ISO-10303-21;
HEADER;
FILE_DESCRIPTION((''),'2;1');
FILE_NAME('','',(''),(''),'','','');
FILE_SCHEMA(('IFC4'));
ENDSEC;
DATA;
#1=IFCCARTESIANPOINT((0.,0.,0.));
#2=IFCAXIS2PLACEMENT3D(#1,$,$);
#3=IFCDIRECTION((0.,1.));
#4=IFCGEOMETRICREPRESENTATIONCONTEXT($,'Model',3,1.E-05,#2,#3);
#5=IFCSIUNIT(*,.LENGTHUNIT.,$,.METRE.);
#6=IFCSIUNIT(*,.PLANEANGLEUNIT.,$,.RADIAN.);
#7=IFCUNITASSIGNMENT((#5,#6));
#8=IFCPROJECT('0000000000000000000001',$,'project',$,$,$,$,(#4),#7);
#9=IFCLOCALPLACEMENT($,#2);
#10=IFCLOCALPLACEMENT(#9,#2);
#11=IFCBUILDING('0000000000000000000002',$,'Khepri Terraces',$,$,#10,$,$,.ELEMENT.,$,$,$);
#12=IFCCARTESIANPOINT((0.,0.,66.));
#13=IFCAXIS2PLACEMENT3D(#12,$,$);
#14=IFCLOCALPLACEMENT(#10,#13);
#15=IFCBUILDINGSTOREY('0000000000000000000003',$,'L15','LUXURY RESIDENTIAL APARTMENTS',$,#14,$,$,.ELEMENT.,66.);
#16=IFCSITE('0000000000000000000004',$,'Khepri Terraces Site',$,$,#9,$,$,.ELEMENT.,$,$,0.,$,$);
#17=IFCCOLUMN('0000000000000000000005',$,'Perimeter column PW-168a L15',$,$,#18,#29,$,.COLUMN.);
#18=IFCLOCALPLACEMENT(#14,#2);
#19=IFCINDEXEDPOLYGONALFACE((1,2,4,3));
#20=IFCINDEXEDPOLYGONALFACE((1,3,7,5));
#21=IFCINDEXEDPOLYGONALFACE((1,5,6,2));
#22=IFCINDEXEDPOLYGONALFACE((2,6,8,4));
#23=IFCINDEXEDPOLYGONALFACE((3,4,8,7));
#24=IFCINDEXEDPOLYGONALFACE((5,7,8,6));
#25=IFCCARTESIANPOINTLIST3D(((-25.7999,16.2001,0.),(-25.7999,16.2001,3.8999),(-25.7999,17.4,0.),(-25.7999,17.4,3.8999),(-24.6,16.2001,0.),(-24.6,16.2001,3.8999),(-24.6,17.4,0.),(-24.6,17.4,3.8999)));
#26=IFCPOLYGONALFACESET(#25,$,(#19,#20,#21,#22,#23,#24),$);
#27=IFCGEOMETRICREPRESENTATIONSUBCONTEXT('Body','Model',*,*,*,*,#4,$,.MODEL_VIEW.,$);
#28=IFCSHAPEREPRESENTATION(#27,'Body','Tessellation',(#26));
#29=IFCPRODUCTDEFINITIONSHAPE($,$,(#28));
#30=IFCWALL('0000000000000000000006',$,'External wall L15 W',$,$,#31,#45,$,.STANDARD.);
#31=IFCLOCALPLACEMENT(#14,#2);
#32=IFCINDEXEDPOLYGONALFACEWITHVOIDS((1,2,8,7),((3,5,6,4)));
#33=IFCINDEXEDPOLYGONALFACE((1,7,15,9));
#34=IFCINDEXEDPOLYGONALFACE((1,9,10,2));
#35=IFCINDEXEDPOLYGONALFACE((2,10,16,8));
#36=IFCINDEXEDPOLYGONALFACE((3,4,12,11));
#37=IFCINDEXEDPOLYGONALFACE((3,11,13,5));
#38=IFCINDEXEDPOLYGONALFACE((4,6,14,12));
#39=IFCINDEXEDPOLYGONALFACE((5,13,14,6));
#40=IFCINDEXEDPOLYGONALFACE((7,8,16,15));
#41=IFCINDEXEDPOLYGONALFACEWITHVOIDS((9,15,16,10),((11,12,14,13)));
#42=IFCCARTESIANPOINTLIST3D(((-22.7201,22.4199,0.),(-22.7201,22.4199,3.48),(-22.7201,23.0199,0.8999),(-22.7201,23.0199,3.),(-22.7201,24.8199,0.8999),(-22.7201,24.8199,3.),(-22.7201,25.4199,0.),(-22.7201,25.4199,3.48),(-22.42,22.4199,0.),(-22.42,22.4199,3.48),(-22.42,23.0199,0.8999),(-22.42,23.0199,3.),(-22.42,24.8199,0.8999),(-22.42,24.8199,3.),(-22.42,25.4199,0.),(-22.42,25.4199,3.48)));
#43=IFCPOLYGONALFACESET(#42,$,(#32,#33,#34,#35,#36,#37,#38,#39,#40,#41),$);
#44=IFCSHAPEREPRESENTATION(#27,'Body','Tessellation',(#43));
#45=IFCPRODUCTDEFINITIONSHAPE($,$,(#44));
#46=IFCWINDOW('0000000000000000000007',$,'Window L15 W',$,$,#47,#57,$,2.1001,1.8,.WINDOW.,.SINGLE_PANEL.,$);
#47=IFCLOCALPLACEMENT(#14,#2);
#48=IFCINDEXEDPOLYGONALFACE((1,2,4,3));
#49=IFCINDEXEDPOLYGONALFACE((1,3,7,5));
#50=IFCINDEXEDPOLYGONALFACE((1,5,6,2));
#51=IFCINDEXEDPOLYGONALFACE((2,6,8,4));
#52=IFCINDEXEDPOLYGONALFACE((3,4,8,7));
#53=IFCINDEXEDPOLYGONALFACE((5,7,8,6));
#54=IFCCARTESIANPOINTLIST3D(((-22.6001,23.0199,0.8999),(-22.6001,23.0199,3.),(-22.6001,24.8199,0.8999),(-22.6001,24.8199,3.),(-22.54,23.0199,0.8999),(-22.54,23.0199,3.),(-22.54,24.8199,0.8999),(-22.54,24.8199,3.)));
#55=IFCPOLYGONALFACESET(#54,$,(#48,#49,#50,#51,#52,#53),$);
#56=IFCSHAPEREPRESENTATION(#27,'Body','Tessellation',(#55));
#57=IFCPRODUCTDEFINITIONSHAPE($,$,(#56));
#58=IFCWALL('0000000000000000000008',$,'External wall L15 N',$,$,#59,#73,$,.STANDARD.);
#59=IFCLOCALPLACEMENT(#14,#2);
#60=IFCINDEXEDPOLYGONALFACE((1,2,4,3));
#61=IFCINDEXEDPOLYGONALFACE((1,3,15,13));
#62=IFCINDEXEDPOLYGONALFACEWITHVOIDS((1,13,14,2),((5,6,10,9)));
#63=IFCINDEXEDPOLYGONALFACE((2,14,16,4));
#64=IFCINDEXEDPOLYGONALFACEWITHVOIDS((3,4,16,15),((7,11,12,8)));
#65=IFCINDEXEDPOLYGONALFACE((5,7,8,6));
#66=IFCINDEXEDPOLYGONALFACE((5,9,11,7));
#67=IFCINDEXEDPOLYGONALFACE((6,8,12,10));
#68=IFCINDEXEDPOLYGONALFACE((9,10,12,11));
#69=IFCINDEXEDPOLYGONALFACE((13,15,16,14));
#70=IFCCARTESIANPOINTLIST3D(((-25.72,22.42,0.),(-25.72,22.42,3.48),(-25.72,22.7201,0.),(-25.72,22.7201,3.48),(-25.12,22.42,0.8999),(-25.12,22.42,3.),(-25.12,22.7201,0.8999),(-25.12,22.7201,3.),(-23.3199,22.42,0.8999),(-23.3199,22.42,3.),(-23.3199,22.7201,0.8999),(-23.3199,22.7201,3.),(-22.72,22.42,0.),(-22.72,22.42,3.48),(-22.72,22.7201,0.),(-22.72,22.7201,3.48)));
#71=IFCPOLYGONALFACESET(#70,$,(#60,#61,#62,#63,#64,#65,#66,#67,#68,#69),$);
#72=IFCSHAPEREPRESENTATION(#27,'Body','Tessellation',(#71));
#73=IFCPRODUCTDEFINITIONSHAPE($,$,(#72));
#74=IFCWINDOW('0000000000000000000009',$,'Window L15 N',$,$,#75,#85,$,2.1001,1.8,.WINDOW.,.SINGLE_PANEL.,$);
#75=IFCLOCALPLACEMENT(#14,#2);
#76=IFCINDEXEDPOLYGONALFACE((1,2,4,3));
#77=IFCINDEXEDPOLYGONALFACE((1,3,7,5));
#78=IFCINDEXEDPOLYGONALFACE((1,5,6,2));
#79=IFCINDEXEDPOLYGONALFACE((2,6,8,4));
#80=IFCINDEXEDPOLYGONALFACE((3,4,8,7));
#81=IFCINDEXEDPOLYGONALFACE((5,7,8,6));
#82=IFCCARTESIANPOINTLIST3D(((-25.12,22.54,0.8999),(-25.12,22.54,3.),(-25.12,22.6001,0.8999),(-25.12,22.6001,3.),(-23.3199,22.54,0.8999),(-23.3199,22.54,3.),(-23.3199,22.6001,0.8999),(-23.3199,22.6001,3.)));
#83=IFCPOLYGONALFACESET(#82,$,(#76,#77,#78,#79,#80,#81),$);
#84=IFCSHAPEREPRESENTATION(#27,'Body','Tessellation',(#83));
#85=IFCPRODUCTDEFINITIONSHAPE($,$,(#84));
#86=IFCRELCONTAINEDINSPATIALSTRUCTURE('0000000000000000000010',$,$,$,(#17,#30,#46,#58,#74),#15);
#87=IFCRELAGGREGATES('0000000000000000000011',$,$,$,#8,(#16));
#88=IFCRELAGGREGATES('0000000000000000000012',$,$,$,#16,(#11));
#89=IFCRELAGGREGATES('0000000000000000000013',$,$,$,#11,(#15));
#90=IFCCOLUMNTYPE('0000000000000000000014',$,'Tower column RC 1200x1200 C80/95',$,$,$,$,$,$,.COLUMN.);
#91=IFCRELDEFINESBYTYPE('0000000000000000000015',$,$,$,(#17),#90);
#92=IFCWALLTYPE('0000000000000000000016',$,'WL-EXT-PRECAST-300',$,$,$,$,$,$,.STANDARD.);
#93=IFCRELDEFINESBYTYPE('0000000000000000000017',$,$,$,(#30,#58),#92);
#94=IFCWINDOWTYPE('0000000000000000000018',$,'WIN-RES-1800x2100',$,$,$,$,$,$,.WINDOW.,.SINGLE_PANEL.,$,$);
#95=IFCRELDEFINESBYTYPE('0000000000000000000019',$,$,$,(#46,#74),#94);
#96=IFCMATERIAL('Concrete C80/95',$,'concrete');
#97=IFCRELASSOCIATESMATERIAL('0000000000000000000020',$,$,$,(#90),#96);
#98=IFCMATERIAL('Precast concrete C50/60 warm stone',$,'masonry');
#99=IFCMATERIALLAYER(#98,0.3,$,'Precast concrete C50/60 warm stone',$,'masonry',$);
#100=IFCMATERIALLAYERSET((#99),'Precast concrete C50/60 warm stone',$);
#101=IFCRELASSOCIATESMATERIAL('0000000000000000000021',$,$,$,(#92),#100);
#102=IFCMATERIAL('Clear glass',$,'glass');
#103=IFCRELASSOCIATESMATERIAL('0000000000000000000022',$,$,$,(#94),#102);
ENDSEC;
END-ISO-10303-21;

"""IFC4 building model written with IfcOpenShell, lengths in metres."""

from ifc_helpers import new_model, si_unit, direction, frame, frame_2d, origin, origin_2d, place, context, subcontext, project, spatial, rectangle, extrude, material, layer, layer_set, material_profile, profile_set, type_object, element, fill, save


model = new_model("IFC4")

# Units and contexts
model_context = context("Model", 3, precision=1e-05, world=origin(), true_north=direction((0.0, 1.0)))
body_context = subcontext(model_context, "Body", "Model", "MODEL_VIEW")
ifc_project = project(units=[si_unit("LENGTHUNIT", "METRE"), si_unit("PLANEANGLEUNIT", "RADIAN")], contexts=[model_context])

# Site, building, storey
site_placement = place(None, origin())
site = spatial("IfcSite", under=ifc_project, at=site_placement, Name="Khepri Terraces Site", CompositionType="ELEMENT", RefElevation=0.0)
building_placement = place(site_placement, origin())
building = spatial("IfcBuilding", under=site, at=building_placement, Name="Khepri Terraces", CompositionType="ELEMENT")
storey_placement = place(building_placement, frame((0.0, 0.0, 66.0)))
storey = spatial("IfcBuildingStorey", under=building, at=storey_placement, Name="L15", Description="LUXURY RESIDENTIAL APARTMENTS", CompositionType="ELEMENT", Elevation=66.0)

# Column
ifc_material_1 = material(Name="Concrete C80/95", Category="concrete")
ifc_material_profile = material_profile(ifc_material_1, rectangle(XDim=1.2, YDim=1.2, at=origin_2d()), Name="Concrete C80/95", Category="concrete")
ifc_profile_set = profile_set([ifc_material_profile], Name="Concrete C80/95")
column_type = type_object("IfcColumnType", Name="Tower column RC 1200x1200 C80/95", PredefinedType="COLUMN", material=ifc_profile_set)
column_placement = place(storey_placement, frame((-25.2, 16.8, 0.0), z_axis=(0.0, 0.0, 1.0), x_axis=(1.0, 0.0, 0.0)))
element("IfcColumn", 1, at=column_placement, inside=storey, type_object=column_type, Name="Perimeter column PW-168a L15", PredefinedType="COLUMN", context=body_context, shape_type="SweptSolid", body=[
    extrude(rectangle(XDim=1.2, YDim=1.2, at=origin_2d()), origin(), (0.0, 0.0, 1.0), 3.8999),
])

# Walls, openings, windows
ifc_material_2 = material(Name="Precast concrete C50/60 warm stone", Category="masonry")
ifc_layer = layer(ifc_material_2, 0.3, Name="Precast concrete C50/60 warm stone", Category="masonry")
ifc_layer_set = layer_set([ifc_layer], Name="Precast concrete C50/60 warm stone")
wall_type = type_object("IfcWallType", Name="WL-EXT-PRECAST-300", PredefinedType="STANDARD", material=ifc_layer_set)
wall_1_placement = place(storey_placement, frame((-22.5701, 25.4199, 0.0), z_axis=(0.0, 0.0, 1.0), x_axis=(0.0, -1.0, 0.0)))
wall_1 = element("IfcWall", 2, at=wall_1_placement, inside=storey, type_object=wall_type, Name="External wall L15 W", PredefinedType="STANDARD", context=body_context, shape_type="SweptSolid", body=[
    extrude(rectangle(XDim=3.0, YDim=0.3, at=frame_2d((1.5, 0.0))), origin(), (0.0, 0.0, 1.0), 3.48),
])
opening_1_placement = place(wall_1_placement, frame((0.6001, 0.0, 0.8999)))
opening_1 = element("IfcOpeningElement", 3, at=opening_1_placement, cuts=wall_1, PredefinedType="OPENING", context=body_context, shape_type="SweptSolid", body=[
    extrude(rectangle(XDim=1.8, YDim=2.1001, at=frame_2d((0.8999, 1.05))), frame((0.0, 0.1602, 0.0), z_axis=(0.0, -1.0, 0.0), x_axis=(1.0, 0.0, 0.0)), (0.0, 0.0, 1.0), 0.3201),
])
ifc_material_3 = material(Name="Clear glass", Category="glass")
window_type = type_object("IfcWindowType", Name="WIN-RES-1800x2100", PartitioningType="SINGLE_PANEL", PredefinedType="WINDOW", material=ifc_material_3)
window_1_placement = place(opening_1_placement, origin())
window_1 = element("IfcWindow", 4, at=window_1_placement, inside=storey, type_object=window_type, Name="Window L15 W", OverallHeight=2.1001, OverallWidth=1.8, PartitioningType="SINGLE_PANEL", PredefinedType="WINDOW", context=body_context, shape_type="SweptSolid", body=[
    extrude(rectangle(XDim=1.8, YDim=2.1001, at=frame_2d((0.8999, 1.05))), frame((0.0, 0.03, 0.0), z_axis=(0.0, -1.0, 0.0), x_axis=(1.0, 0.0, 0.0)), (0.0, 0.0, 1.0), 0.0601),
])
fill(opening_1, window_1)
wall_2_placement = place(storey_placement, frame((-22.72, 22.5701, 0.0), z_axis=(0.0, 0.0, 1.0), x_axis=(-1.0, 0.0, 0.0)))
wall_2 = element("IfcWall", 5, at=wall_2_placement, inside=storey, type_object=wall_type, Name="External wall L15 N", PredefinedType="STANDARD", context=body_context, shape_type="SweptSolid", body=[
    extrude(rectangle(XDim=3.0, YDim=0.3, at=frame_2d((1.5, 0.0))), origin(), (0.0, 0.0, 1.0), 3.48),
])
opening_2_placement = place(wall_2_placement, frame((0.6001, 0.0, 0.8999)))
opening_2 = element("IfcOpeningElement", 6, at=opening_2_placement, cuts=wall_2, PredefinedType="OPENING", context=body_context, shape_type="SweptSolid", body=[
    extrude(rectangle(XDim=1.8, YDim=2.1001, at=frame_2d((0.8999, 1.05))), frame((0.0, 0.1602, 0.0), z_axis=(0.0, -1.0, 0.0), x_axis=(1.0, 0.0, 0.0)), (0.0, 0.0, 1.0), 0.3201),
])
window_2_placement = place(opening_2_placement, origin())
window_2 = element("IfcWindow", 7, at=window_2_placement, inside=storey, type_object=window_type, Name="Window L15 N", OverallHeight=2.1001, OverallWidth=1.8, PartitioningType="SINGLE_PANEL", PredefinedType="WINDOW", context=body_context, shape_type="SweptSolid", body=[
    extrude(rectangle(XDim=1.8, YDim=2.1001, at=frame_2d((0.8999, 1.05))), frame((0.0, 0.03, 0.0), z_axis=(0.0, -1.0, 0.0), x_axis=(1.0, 0.0, 0.0)), (0.0, 0.0, 1.0), 0.0601),
])
fill(opening_2, window_2)

save(model, "model.ifc")
